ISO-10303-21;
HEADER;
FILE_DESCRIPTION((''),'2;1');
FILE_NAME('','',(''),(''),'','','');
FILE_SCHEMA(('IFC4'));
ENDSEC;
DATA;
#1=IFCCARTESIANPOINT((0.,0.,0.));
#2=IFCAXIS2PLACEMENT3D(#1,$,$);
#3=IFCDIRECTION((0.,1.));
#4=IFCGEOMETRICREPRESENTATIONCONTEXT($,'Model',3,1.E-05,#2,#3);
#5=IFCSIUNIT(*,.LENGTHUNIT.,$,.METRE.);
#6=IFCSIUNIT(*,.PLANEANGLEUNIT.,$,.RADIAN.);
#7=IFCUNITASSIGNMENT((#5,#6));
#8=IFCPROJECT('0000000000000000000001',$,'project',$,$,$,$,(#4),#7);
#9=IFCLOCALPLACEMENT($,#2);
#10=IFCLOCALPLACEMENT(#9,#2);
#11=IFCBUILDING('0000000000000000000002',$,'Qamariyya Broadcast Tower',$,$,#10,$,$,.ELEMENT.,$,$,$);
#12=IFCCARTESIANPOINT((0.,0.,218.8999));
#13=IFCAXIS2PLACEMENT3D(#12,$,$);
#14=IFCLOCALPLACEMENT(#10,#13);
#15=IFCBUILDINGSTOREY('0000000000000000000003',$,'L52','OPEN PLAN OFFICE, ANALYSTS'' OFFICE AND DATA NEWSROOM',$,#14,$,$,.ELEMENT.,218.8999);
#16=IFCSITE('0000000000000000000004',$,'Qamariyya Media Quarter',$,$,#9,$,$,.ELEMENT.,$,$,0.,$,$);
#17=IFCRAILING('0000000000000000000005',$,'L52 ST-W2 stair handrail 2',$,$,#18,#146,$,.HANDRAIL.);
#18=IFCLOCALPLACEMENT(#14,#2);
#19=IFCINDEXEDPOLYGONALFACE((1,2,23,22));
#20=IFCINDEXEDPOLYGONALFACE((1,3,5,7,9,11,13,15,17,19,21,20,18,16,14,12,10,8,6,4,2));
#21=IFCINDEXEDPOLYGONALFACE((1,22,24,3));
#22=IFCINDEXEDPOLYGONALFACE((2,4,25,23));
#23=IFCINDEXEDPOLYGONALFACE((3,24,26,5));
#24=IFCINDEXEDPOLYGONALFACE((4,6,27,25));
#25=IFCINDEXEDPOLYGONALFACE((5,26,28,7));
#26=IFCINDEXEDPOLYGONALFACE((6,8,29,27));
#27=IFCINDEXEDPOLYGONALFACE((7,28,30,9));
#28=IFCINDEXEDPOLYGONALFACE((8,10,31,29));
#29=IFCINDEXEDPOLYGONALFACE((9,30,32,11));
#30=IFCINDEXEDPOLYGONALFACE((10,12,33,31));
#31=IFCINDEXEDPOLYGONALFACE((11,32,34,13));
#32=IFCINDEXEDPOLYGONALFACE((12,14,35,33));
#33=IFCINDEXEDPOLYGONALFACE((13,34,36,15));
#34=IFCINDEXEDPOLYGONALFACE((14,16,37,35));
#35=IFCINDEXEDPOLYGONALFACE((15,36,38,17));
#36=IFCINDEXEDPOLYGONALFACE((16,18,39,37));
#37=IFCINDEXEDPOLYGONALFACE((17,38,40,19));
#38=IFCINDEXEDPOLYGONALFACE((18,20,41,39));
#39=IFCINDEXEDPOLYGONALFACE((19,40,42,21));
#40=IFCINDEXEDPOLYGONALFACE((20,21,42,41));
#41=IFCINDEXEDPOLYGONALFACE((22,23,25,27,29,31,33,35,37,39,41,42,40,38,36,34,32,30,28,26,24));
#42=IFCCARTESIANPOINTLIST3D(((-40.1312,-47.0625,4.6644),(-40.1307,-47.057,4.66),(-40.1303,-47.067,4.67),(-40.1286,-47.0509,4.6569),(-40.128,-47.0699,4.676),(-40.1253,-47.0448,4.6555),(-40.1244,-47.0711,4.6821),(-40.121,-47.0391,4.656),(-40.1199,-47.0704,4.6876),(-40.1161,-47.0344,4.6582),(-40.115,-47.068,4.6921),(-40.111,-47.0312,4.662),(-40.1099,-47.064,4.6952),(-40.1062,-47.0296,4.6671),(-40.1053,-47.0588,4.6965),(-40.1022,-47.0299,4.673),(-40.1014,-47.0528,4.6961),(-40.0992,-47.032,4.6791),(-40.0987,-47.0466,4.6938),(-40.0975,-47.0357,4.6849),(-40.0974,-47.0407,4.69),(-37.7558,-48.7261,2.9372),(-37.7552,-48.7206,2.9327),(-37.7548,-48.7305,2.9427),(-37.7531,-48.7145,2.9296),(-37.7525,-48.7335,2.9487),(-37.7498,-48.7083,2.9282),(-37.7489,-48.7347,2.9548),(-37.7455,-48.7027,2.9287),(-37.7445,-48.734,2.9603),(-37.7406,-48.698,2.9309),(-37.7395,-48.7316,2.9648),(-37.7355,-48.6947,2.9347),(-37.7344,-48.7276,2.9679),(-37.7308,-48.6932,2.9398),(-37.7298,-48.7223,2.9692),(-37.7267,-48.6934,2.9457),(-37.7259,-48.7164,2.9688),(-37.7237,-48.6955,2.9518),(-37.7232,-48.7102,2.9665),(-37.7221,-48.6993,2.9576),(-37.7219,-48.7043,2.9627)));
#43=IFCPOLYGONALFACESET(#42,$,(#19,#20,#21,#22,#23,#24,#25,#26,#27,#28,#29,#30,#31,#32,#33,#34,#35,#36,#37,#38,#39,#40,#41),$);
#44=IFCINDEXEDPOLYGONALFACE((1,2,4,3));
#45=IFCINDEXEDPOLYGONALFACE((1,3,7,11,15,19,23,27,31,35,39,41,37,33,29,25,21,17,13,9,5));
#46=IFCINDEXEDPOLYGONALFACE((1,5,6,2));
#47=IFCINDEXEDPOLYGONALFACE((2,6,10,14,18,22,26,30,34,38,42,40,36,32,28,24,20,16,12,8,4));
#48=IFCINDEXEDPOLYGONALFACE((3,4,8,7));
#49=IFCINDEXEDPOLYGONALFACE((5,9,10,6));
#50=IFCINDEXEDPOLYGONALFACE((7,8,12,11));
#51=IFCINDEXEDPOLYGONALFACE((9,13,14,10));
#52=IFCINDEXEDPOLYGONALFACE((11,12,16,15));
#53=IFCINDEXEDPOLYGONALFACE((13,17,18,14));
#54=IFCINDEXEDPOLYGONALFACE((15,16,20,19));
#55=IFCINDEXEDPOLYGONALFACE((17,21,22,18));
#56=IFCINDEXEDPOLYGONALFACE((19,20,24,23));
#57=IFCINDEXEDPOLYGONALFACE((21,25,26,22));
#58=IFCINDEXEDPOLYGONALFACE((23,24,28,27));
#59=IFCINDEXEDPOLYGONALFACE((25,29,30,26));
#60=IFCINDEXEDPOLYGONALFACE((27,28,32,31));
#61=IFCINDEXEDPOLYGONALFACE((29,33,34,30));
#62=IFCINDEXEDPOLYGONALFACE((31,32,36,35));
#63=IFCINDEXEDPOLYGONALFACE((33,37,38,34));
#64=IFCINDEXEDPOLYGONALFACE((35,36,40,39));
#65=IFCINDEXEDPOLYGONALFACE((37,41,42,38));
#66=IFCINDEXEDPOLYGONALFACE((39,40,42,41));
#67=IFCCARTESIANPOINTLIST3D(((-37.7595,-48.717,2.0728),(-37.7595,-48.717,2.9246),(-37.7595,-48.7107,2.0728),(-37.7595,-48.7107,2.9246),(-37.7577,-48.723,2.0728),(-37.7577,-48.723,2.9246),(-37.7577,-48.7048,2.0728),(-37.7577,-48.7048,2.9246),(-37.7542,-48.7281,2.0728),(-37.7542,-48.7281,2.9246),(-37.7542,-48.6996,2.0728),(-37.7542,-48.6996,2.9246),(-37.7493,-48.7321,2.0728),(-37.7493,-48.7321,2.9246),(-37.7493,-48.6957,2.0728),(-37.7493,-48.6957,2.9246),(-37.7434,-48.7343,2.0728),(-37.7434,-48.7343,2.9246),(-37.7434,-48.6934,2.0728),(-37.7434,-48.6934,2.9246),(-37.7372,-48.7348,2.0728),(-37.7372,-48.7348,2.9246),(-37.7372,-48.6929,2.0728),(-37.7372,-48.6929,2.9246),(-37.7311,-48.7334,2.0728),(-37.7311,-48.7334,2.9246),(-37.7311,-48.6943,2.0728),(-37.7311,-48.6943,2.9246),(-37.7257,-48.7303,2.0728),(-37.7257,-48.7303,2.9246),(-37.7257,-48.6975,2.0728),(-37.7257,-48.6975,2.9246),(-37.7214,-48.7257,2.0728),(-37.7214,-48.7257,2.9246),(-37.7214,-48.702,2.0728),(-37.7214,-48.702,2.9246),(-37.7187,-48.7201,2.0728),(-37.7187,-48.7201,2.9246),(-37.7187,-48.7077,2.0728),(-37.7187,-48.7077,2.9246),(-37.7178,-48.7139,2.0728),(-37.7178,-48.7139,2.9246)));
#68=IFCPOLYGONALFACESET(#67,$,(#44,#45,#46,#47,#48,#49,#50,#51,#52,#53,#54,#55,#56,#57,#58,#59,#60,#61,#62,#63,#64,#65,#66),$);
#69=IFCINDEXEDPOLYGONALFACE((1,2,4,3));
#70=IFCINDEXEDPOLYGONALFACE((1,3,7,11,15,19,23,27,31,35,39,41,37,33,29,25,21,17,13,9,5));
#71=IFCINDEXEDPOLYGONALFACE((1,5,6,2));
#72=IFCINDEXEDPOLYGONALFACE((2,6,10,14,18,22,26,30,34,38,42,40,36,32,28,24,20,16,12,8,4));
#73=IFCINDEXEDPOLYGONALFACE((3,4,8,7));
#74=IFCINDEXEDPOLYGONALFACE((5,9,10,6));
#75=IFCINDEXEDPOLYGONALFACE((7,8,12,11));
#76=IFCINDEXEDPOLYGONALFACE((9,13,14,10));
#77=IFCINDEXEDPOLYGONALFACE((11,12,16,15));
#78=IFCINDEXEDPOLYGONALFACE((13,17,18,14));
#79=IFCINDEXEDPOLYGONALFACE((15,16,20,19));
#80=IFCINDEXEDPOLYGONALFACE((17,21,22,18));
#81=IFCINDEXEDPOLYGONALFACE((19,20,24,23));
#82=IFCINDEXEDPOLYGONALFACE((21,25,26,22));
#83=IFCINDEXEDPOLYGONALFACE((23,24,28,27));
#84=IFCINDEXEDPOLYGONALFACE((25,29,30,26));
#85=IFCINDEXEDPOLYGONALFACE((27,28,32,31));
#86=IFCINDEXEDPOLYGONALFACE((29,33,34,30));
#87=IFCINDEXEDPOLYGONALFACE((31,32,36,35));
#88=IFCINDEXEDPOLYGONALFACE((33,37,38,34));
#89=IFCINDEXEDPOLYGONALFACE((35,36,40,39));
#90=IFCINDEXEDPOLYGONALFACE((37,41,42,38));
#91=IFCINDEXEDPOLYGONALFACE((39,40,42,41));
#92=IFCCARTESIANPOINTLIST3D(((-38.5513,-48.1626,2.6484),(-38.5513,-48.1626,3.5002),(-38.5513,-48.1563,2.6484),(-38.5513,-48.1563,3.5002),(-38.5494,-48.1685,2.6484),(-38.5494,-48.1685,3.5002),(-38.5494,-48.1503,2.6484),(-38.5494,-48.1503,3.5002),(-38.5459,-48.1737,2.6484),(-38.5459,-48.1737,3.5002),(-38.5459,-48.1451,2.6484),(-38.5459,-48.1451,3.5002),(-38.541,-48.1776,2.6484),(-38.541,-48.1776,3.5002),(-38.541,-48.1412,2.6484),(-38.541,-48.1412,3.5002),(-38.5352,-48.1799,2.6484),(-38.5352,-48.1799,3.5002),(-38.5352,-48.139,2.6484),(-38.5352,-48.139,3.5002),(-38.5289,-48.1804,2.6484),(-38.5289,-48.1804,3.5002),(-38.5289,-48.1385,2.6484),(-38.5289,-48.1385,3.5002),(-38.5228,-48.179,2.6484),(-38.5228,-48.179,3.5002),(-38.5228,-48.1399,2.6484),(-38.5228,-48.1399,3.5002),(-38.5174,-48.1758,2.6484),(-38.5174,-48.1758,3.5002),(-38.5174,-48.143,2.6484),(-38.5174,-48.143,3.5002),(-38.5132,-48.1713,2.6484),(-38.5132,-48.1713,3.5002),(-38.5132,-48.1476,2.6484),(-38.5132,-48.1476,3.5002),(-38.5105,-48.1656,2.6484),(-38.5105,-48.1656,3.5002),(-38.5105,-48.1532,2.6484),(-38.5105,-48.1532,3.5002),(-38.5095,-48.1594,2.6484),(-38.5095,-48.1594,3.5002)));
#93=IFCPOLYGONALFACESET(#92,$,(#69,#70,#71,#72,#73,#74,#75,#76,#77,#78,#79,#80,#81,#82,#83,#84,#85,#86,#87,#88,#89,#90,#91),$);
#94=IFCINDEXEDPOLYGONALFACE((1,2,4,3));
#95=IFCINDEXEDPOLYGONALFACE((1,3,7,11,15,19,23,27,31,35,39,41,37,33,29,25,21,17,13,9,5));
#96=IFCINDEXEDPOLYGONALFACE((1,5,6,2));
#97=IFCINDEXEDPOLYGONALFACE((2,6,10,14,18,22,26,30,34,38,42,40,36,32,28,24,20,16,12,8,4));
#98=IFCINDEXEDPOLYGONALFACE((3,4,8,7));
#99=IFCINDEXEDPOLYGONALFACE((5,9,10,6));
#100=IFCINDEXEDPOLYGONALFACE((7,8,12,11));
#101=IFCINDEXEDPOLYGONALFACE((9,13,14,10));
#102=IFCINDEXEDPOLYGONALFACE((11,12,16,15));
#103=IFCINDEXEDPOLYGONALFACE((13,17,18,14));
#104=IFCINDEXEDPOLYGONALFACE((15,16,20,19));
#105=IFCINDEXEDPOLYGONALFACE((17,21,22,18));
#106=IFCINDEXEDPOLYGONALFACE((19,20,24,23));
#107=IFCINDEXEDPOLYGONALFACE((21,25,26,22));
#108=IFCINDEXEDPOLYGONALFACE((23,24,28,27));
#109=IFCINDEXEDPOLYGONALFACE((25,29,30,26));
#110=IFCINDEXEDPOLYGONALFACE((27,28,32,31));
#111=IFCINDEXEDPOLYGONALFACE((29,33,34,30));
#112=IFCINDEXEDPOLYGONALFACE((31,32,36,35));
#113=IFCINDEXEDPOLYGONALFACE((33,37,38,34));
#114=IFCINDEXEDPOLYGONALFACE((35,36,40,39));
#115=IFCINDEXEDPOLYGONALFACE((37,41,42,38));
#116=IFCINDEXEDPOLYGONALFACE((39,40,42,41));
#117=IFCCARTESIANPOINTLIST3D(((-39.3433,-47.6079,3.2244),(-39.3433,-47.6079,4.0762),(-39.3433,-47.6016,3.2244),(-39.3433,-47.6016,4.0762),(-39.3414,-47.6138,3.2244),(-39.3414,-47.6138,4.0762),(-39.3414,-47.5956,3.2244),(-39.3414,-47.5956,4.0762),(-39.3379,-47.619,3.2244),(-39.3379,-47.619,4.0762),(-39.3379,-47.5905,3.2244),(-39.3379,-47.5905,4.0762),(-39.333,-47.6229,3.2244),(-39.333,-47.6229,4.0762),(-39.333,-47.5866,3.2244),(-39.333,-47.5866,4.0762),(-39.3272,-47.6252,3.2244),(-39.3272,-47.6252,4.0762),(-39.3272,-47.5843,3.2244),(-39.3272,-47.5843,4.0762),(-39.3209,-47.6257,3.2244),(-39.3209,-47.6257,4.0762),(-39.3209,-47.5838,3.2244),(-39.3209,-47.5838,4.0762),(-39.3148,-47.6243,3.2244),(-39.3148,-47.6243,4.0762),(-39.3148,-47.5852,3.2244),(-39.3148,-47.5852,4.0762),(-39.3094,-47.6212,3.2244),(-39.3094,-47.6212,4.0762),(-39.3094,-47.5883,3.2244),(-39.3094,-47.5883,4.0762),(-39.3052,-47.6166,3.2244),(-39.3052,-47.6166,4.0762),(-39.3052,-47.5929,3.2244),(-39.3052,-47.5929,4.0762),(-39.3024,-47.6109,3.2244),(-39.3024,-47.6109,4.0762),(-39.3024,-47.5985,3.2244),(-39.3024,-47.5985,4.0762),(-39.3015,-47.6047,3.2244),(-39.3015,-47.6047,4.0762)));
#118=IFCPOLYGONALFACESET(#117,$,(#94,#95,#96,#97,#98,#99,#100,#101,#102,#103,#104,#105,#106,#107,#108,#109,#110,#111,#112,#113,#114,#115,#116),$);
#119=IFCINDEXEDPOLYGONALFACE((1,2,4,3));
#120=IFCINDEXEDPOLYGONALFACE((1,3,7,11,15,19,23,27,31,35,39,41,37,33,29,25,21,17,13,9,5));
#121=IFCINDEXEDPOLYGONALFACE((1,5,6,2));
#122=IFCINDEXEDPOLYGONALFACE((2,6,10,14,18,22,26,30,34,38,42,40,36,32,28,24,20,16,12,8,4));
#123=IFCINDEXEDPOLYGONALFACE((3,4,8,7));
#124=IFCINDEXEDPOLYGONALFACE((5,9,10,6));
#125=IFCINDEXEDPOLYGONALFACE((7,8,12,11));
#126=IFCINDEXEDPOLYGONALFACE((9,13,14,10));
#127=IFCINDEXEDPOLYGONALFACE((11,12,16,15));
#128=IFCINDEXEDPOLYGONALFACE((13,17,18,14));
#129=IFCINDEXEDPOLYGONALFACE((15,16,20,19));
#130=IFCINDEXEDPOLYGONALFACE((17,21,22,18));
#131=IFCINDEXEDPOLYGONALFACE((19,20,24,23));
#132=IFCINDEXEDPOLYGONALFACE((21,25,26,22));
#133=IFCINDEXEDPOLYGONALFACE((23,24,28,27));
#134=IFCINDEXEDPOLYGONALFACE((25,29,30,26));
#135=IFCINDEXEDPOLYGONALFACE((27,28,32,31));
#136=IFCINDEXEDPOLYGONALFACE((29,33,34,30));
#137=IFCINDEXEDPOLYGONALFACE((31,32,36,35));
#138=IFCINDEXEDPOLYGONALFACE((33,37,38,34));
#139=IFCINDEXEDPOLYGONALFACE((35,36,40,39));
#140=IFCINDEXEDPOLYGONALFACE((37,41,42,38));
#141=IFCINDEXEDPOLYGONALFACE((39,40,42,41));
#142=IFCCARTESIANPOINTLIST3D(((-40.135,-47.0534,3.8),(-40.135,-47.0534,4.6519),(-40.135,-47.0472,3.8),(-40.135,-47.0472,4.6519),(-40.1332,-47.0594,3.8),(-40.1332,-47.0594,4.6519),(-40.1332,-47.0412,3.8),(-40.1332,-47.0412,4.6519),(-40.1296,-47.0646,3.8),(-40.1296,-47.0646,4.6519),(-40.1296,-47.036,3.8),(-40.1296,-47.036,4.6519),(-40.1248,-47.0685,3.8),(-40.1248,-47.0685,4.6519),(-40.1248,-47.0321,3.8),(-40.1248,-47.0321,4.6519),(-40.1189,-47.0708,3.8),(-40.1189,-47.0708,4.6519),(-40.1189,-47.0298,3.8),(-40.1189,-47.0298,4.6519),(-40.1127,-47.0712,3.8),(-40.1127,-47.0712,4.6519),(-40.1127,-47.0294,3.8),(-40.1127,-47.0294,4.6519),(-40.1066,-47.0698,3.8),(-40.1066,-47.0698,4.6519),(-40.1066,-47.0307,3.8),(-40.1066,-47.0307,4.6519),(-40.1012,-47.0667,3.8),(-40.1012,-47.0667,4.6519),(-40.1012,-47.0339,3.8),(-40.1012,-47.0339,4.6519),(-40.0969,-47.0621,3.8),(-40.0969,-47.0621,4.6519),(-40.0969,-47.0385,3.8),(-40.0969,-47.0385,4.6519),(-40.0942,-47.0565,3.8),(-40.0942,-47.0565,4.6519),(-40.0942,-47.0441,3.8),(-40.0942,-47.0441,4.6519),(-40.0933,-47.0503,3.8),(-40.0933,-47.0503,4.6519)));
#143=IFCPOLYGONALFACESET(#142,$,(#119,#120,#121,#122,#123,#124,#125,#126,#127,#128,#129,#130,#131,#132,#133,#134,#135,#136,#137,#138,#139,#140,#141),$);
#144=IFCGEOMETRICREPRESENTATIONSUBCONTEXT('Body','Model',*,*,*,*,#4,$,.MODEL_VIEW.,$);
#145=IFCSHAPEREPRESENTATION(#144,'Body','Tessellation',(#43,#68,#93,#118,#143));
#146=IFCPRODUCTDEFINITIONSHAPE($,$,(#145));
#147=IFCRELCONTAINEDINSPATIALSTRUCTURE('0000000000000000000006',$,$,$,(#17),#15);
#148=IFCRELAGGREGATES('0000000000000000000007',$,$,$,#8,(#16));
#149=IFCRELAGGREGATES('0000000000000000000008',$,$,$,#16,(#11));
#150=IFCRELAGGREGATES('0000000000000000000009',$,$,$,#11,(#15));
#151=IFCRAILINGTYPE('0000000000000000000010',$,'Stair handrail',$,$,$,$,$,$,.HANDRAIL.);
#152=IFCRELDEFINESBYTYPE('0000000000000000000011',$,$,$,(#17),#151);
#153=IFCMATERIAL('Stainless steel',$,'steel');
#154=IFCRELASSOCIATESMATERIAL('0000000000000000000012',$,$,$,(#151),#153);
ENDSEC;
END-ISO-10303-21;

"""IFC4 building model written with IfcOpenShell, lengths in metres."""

from ifc_helpers import new_model, si_unit, direction, frame, origin, origin_2d, place, context, subcontext, project, spatial, circle, extrude, material, type_object, element, save


model = new_model("IFC4")

# Units and contexts
model_context = context("Model", 3, precision=1e-05, world=origin(), true_north=direction((0.0, 1.0)))
body_context = subcontext(model_context, "Body", "Model", "MODEL_VIEW")
ifc_project = project(units=[si_unit("LENGTHUNIT", "METRE"), si_unit("PLANEANGLEUNIT", "RADIAN")], contexts=[model_context])

# Site, building, storey
site_placement = place(None, origin())
site = spatial("IfcSite", under=ifc_project, at=site_placement, Name="Qamariyya Media Quarter", CompositionType="ELEMENT", RefElevation=0.0)
building_placement = place(site_placement, origin())
building = spatial("IfcBuilding", under=site, at=building_placement, Name="Qamariyya Broadcast Tower", CompositionType="ELEMENT")
storey_placement = place(building_placement, frame((0.0, 0.0, 218.8999)))
storey = spatial("IfcBuildingStorey", under=building, at=storey_placement, Name="L52", Description="OPEN PLAN OFFICE, ANALYSTS' OFFICE AND DATA NEWSROOM", CompositionType="ELEMENT", Elevation=218.8999)

# Railing
ifc_material_1 = material(Name="Stainless steel", Category="steel")
railing_type_1 = type_object("IfcRailingType", Name="Stair handrail", PredefinedType="HANDRAIL", material=ifc_material_1)
railing_1_placement = place(storey_placement, frame((-37.7388, -48.7139, 2.0728)))
element("IfcRailing", 1, at=railing_1_placement, inside=storey, type_object=railing_type_1, Name="L52 ST-W2 stair handrail 2", PredefinedType="HANDRAIL", context=body_context, shape_type="SweptSolid", body=[
    extrude(circle(Radius=0.0239, at=origin_2d()), frame((0.0, 0.0, 0.876), z_axis=(-0.703745, 0.492838, 0.511716), x_axis=(-0.573632, -0.819113, 0.0)), (0.0, 0.0, 1.0), 3.3755),
    extrude(circle(Radius=0.021, at=origin_2d()), origin(), (0.0, 0.0, 1.0), 0.8518),
    extrude(circle(Radius=0.021, at=origin_2d()), frame((-0.7917, 0.5544, 0.5757)), (0.0, 0.0, 1.0), 0.8518),
    extrude(circle(Radius=0.021, at=origin_2d()), frame((-1.5837, 1.1091, 1.1516)), (0.0, 0.0, 1.0), 0.8518),
    extrude(circle(Radius=0.021, at=origin_2d()), frame((-2.3755, 1.6636, 1.7273)), (0.0, 0.0, 1.0), 0.8518),
])

save(model, "model.ifc")
